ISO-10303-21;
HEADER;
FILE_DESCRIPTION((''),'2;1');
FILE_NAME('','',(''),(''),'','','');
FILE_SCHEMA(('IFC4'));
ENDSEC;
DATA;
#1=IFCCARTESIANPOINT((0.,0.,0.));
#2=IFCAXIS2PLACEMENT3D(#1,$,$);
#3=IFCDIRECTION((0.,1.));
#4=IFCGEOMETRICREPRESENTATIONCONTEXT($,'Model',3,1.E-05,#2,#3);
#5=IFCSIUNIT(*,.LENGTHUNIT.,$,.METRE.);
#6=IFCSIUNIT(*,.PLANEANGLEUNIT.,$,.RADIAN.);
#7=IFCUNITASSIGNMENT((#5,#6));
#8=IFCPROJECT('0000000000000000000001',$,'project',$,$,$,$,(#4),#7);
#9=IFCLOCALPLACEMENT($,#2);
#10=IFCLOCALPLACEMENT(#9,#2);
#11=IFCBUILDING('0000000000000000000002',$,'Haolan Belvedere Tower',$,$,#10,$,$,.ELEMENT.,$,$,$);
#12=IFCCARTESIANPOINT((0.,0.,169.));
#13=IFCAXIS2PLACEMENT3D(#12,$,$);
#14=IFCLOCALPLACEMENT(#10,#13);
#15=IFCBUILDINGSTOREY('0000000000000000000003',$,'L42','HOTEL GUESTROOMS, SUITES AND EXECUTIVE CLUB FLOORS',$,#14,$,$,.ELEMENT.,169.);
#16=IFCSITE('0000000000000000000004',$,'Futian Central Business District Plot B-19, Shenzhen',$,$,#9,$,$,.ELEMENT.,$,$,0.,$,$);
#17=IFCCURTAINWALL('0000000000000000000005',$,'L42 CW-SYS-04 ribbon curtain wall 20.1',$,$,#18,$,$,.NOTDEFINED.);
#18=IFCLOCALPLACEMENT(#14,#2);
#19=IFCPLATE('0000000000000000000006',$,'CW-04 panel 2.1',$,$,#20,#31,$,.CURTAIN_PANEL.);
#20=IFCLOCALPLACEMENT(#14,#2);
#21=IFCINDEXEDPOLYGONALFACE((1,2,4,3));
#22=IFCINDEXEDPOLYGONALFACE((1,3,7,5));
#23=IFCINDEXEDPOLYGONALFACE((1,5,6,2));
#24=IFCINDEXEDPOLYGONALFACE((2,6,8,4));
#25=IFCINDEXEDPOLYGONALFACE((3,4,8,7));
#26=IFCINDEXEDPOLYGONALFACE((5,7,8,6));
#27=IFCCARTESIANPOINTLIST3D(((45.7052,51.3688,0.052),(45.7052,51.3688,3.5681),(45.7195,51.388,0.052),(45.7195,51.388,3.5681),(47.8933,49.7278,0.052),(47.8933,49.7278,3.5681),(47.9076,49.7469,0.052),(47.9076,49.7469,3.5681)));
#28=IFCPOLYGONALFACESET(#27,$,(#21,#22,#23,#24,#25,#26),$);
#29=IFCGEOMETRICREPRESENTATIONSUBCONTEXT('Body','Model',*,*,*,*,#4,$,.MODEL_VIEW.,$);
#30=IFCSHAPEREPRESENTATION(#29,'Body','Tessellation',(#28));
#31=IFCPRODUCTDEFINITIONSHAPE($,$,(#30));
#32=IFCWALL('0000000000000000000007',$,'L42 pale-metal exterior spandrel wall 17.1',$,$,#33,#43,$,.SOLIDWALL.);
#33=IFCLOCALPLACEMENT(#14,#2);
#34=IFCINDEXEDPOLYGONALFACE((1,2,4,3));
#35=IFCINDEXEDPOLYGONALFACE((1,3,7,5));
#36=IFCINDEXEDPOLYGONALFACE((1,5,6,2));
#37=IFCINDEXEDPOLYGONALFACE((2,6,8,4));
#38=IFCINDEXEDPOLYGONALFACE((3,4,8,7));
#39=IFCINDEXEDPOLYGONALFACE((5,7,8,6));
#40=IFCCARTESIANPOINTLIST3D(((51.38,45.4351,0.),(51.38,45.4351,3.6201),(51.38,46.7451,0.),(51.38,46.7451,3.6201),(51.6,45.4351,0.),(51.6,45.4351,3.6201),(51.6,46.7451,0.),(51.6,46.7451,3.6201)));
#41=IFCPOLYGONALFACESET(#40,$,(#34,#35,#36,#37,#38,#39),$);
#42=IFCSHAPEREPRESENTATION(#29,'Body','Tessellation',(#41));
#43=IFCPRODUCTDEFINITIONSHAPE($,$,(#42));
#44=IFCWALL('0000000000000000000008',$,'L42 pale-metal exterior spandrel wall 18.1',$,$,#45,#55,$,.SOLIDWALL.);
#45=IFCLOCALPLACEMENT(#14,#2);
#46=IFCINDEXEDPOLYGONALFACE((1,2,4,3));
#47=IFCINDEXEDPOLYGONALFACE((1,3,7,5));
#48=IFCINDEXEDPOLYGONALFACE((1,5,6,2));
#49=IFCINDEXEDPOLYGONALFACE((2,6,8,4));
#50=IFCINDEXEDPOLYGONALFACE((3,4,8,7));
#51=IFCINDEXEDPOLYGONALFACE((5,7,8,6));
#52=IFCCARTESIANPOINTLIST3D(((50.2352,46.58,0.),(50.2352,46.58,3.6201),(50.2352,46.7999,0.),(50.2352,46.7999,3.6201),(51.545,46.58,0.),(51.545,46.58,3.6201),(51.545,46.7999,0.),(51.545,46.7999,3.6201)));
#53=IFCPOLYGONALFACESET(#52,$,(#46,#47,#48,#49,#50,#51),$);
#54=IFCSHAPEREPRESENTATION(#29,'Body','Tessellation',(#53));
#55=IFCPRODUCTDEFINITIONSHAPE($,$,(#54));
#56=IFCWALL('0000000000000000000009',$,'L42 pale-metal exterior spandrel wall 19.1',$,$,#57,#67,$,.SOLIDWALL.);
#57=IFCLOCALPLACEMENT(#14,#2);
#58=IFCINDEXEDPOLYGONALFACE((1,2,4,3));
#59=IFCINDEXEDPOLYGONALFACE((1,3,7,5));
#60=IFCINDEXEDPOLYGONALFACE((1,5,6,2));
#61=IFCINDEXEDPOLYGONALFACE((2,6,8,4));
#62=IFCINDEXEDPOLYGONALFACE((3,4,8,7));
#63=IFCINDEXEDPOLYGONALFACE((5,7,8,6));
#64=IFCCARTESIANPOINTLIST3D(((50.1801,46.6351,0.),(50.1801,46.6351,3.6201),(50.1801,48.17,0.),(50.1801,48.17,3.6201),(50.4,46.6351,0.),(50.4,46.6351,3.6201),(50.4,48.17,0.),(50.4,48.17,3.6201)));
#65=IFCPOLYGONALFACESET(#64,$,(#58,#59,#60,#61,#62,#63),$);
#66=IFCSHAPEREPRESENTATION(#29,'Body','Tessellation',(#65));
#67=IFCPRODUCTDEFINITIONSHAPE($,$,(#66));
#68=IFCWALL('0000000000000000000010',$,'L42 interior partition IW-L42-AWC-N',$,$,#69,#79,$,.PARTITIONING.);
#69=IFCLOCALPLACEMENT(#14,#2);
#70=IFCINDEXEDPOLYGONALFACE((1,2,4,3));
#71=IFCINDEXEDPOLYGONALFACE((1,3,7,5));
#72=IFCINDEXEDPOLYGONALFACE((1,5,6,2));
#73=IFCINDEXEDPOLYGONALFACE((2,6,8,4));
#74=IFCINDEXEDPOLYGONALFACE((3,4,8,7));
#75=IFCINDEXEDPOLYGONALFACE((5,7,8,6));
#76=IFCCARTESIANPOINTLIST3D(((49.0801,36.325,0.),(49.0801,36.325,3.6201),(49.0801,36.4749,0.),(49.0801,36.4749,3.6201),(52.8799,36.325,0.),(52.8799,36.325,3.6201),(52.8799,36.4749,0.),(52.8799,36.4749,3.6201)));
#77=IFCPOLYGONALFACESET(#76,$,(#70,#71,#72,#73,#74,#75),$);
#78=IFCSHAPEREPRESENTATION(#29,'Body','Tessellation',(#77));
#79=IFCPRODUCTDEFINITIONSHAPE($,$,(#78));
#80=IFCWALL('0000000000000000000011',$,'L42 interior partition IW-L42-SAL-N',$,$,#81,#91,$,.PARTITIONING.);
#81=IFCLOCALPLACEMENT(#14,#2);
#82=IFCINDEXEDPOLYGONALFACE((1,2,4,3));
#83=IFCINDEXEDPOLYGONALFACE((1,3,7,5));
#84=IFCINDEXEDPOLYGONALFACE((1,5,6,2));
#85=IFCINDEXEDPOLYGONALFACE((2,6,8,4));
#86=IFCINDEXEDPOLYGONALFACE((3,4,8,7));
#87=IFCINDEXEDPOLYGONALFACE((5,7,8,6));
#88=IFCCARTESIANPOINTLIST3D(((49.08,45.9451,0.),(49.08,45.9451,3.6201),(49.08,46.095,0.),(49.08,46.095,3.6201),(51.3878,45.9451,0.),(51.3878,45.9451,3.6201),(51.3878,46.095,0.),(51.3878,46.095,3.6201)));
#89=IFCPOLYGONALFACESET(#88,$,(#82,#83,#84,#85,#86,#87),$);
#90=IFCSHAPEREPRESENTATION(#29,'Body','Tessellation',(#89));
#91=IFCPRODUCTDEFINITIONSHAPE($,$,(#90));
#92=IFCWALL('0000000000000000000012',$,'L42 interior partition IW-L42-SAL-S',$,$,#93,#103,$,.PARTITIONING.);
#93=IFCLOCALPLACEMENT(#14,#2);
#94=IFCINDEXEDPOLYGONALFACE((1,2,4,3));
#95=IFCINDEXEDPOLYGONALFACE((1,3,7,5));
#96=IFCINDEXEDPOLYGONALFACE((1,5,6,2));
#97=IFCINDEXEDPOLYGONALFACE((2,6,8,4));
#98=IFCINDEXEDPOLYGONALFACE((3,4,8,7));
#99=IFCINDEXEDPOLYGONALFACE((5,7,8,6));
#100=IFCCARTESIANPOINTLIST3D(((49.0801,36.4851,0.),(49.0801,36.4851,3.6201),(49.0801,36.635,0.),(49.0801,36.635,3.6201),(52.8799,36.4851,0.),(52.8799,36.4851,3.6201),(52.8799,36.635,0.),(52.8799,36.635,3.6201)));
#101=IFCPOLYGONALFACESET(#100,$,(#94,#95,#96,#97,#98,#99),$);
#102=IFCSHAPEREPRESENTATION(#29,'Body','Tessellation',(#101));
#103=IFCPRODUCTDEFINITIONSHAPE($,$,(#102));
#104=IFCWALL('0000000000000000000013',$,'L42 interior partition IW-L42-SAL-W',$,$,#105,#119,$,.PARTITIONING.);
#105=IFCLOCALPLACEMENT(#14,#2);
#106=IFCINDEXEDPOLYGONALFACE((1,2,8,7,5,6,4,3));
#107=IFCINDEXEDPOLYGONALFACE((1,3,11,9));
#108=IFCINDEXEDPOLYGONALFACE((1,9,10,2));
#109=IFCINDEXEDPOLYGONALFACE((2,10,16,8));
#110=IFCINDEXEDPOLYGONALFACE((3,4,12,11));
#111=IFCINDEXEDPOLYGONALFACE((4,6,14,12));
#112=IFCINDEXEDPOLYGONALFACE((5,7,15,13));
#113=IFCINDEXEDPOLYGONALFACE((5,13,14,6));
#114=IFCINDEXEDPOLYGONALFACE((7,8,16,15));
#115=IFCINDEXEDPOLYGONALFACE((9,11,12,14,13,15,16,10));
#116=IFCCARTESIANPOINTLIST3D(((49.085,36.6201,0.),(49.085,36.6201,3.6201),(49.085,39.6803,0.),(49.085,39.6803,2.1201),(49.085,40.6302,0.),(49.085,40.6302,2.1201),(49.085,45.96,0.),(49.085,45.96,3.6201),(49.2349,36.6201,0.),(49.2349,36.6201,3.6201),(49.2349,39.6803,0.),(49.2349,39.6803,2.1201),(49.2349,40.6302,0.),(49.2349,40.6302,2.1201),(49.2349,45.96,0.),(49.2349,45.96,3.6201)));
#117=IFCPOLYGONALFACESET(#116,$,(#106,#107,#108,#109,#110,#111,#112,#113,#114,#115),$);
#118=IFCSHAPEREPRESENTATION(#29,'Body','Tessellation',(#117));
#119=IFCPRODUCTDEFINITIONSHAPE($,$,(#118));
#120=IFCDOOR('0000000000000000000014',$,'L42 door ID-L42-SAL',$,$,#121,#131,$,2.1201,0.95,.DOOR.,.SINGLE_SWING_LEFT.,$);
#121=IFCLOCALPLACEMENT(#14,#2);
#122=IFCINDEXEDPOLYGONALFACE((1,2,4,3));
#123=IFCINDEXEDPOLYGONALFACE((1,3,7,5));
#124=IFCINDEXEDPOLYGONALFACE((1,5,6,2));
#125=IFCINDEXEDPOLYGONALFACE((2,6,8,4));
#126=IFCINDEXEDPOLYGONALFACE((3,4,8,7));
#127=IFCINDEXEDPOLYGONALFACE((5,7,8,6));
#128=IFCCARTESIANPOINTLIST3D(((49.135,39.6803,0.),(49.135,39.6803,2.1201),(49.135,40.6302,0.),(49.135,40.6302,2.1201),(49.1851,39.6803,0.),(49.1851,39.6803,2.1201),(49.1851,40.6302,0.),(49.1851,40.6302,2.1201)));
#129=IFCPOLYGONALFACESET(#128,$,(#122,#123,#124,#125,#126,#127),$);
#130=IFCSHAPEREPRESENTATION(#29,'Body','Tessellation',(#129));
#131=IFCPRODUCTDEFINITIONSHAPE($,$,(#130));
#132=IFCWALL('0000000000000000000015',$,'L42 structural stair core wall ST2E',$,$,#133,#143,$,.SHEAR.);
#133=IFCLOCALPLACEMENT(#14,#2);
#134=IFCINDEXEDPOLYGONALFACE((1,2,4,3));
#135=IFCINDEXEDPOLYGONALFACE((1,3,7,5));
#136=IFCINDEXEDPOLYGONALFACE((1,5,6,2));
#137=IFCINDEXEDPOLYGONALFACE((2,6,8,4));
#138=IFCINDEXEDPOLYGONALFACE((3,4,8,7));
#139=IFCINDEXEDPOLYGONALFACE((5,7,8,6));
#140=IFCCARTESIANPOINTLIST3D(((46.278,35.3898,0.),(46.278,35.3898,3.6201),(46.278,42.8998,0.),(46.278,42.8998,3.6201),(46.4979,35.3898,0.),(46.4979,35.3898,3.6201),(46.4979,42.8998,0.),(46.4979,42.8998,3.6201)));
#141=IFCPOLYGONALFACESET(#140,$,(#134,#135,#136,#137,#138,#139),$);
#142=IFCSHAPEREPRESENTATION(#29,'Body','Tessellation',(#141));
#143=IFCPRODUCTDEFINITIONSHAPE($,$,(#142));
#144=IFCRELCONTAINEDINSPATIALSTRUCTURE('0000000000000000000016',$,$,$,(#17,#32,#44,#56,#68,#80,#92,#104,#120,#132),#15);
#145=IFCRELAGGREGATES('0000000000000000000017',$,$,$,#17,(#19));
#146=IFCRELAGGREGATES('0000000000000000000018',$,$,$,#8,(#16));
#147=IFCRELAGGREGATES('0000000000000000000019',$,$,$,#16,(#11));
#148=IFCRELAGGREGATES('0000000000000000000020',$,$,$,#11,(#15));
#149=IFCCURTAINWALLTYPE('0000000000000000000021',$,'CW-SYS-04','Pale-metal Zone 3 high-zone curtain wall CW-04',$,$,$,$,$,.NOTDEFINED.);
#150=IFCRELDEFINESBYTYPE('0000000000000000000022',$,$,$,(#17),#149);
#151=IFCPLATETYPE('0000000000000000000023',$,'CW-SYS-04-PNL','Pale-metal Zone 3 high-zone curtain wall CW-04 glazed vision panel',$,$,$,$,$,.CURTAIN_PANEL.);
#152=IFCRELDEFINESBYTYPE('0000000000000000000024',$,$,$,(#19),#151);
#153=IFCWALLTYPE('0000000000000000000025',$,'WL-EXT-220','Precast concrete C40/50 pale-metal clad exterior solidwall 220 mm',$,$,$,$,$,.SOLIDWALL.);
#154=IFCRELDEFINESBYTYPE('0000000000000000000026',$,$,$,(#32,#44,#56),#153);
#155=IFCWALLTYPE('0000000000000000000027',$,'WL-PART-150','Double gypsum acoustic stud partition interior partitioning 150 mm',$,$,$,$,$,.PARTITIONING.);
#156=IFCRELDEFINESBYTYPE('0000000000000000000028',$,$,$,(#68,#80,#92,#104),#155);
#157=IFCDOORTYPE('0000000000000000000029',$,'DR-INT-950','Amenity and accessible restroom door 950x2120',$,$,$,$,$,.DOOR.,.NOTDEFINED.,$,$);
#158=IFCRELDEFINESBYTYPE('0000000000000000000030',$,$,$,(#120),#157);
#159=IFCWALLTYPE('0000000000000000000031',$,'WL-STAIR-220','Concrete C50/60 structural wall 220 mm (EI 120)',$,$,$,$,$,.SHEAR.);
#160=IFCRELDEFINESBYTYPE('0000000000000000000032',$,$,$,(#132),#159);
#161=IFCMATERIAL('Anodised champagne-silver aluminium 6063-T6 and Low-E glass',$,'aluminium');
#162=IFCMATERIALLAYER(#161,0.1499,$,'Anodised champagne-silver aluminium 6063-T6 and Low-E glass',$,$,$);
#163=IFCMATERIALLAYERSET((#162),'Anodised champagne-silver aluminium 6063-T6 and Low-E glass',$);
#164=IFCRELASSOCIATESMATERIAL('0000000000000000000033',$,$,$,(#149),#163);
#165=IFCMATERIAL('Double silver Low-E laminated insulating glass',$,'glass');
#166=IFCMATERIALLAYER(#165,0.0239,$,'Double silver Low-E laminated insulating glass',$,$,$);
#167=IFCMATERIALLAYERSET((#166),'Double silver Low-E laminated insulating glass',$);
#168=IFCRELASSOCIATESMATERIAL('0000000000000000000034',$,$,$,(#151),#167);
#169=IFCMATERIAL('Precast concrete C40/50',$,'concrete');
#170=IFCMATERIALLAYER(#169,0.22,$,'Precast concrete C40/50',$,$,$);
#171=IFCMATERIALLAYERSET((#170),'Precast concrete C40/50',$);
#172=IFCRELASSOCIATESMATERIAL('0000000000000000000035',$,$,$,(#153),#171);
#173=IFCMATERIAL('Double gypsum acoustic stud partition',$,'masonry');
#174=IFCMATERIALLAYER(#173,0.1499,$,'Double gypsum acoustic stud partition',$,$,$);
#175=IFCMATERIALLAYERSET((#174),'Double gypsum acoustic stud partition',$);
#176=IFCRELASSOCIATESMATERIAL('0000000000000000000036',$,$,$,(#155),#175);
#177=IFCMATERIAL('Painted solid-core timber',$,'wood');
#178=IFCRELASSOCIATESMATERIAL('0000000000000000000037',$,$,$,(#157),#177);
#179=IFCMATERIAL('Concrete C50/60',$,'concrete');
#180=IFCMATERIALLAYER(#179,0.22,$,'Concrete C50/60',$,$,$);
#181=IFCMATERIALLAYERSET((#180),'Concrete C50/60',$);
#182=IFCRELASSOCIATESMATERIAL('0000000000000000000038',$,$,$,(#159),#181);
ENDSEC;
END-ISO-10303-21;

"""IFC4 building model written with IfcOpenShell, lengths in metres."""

from ifc_helpers import new_model, si_unit, direction, frame, frame_2d, origin, origin_2d, place, context, subcontext, project, spatial, rectangle, extrude, material, layer, layer_set, type_object, element, fill, aggregate, save


model = new_model("IFC4")

# Units and contexts
model_context = context("Model", 3, precision=1e-05, world=origin(), true_north=direction((0.0, 1.0)))
body_context = subcontext(model_context, "Body", "Model", "MODEL_VIEW")
ifc_project = project(units=[si_unit("LENGTHUNIT", "METRE"), si_unit("PLANEANGLEUNIT", "RADIAN")], contexts=[model_context])

# Site, building, storey
site_placement = place(None, origin())
site = spatial("IfcSite", under=ifc_project, at=site_placement, Name="Futian Central Business District Plot B-19, Shenzhen", CompositionType="ELEMENT", RefElevation=0.0)
building_placement = place(site_placement, origin())
building = spatial("IfcBuilding", under=site, at=building_placement, Name="Haolan Belvedere Tower", CompositionType="ELEMENT")
storey_placement = place(building_placement, frame((0.0, 0.0, 169.0)))
storey = spatial("IfcBuildingStorey", under=building, at=storey_placement, Name="L42", Description="HOTEL GUESTROOMS, SUITES AND EXECUTIVE CLUB FLOORS", CompositionType="ELEMENT", Elevation=169.0)

# Curtain wall, plate
ifc_material_1 = material(Name="Anodised champagne-silver aluminium 6063-T6 and Low-E glass", Category="aluminium")
ifc_layer_1 = layer(ifc_material_1, 0.1499, Name="Anodised champagne-silver aluminium 6063-T6 and Low-E glass")
ifc_layer_set_1 = layer_set([ifc_layer_1], Name="Anodised champagne-silver aluminium 6063-T6 and Low-E glass")
curtain_wall_type = type_object("IfcCurtainWallType", Name="CW-SYS-04", Description="Pale-metal Zone 3 high-zone curtain wall CW-04", PredefinedType="NOTDEFINED", material=ifc_layer_set_1)
curtain_wall_placement = place(storey_placement, origin())
curtain_wall = element("IfcCurtainWall", 1, at=curtain_wall_placement, inside=storey, type_object=curtain_wall_type, Name="L42 CW-SYS-04 ribbon curtain wall 20.1", PredefinedType="NOTDEFINED")
ifc_material_2 = material(Name="Double silver Low-E laminated insulating glass", Category="glass")
ifc_layer_2 = layer(ifc_material_2, 0.0239, Name="Double silver Low-E laminated insulating glass")
ifc_layer_set_2 = layer_set([ifc_layer_2], Name="Double silver Low-E laminated insulating glass")
plate_type = type_object("IfcPlateType", Name="CW-SYS-04-PNL", Description="Pale-metal Zone 3 high-zone curtain wall CW-04 glazed vision panel", PredefinedType="CURTAIN_PANEL", material=ifc_layer_set_2)
plate_1_placement = place(storey_placement, frame((46.8064, 50.5579, 0.052), z_axis=(0.0, 0.0, 1.0), x_axis=(-0.799998, 0.600003, 0.0)))
plate_1 = element("IfcPlate", 2, at=plate_1_placement, type_object=plate_type, Name="CW-04 panel 2.1", PredefinedType="CURTAIN_PANEL", context=body_context, shape_type="SweptSolid", body=[
    extrude(rectangle(XDim=2.7351, YDim=0.0239, at=origin_2d()), origin(), (0.0, 0.0, 1.0), 3.5161),
])
aggregate(curtain_wall, [plate_1])

# Walls
ifc_material_3 = material(Name="Precast concrete C40/50", Category="concrete")
ifc_layer_3 = layer(ifc_material_3, 0.22, Name="Precast concrete C40/50")
ifc_layer_set_3 = layer_set([ifc_layer_3], Name="Precast concrete C40/50")
wall_type_1 = type_object("IfcWallType", Name="WL-EXT-220", Description="Precast concrete C40/50 pale-metal clad exterior solidwall 220 mm", PredefinedType="SOLIDWALL", material=ifc_layer_set_3)
wall_1_placement = place(storey_placement, frame((51.49, 45.4351, 0.0), z_axis=(0.0, 0.0, 1.0), x_axis=(0.0, 1.0, 0.0)))
element("IfcWall", 3, at=wall_1_placement, inside=storey, type_object=wall_type_1, Name="L42 pale-metal exterior spandrel wall 17.1", PredefinedType="SOLIDWALL", context=body_context, shape_type="SweptSolid", body=[
    extrude(rectangle(XDim=1.3101, YDim=0.22, at=frame_2d((0.655, 0.0))), origin(), (0.0, 0.0, 1.0), 3.6201),
])
wall_2_placement = place(storey_placement, frame((51.5449, 46.6899, 0.0), z_axis=(0.0, 0.0, 1.0), x_axis=(-1.0, 0.0, 0.0)))
element("IfcWall", 4, at=wall_2_placement, inside=storey, type_object=wall_type_1, Name="L42 pale-metal exterior spandrel wall 18.1", PredefinedType="SOLIDWALL", context=body_context, shape_type="SweptSolid", body=[
    extrude(rectangle(XDim=1.3098, YDim=0.22, at=frame_2d((0.6548, 0.0))), origin(), (0.0, 0.0, 1.0), 3.6201),
])
wall_3_placement = place(storey_placement, frame((50.29, 46.635, 0.0), z_axis=(0.0, 0.0, 1.0), x_axis=(0.0, 1.0, 0.0)))
element("IfcWall", 5, at=wall_3_placement, inside=storey, type_object=wall_type_1, Name="L42 pale-metal exterior spandrel wall 19.1", PredefinedType="SOLIDWALL", context=body_context, shape_type="SweptSolid", body=[
    extrude(rectangle(XDim=1.5349, YDim=0.22, at=frame_2d((0.7676, 0.0))), origin(), (0.0, 0.0, 1.0), 3.6201),
])
ifc_material_4 = material(Name="Double gypsum acoustic stud partition", Category="masonry")
ifc_layer_4 = layer(ifc_material_4, 0.1499, Name="Double gypsum acoustic stud partition")
ifc_layer_set_4 = layer_set([ifc_layer_4], Name="Double gypsum acoustic stud partition")
wall_type_2 = type_object("IfcWallType", Name="WL-PART-150", Description="Double gypsum acoustic stud partition interior partitioning 150 mm", PredefinedType="PARTITIONING", material=ifc_layer_set_4)
wall_4_placement = place(storey_placement, frame((49.0801, 36.3999, 0.0), z_axis=(0.0, 0.0, 1.0), x_axis=(1.0, 0.0, 0.0)))
element("IfcWall", 6, at=wall_4_placement, inside=storey, type_object=wall_type_2, Name="L42 interior partition IW-L42-AWC-N", PredefinedType="PARTITIONING", context=body_context, shape_type="SweptSolid", body=[
    extrude(rectangle(XDim=3.7998, YDim=0.1499, at=frame_2d((1.8999, 0.0))), origin(), (0.0, 0.0, 1.0), 3.6201),
])
wall_5_placement = place(storey_placement, frame((49.0801, 46.02, 0.0), z_axis=(0.0, 0.0, 1.0), x_axis=(1.0, 0.0, 0.0)))
element("IfcWall", 7, at=wall_5_placement, inside=storey, type_object=wall_type_2, Name="L42 interior partition IW-L42-SAL-N", PredefinedType="PARTITIONING", context=body_context, shape_type="SweptSolid", body=[
    extrude(rectangle(XDim=2.3079, YDim=0.1499, at=frame_2d((1.1538, 0.0))), origin(), (0.0, 0.0, 1.0), 3.6201),
])
wall_6_placement = place(storey_placement, frame((49.0801, 36.5601, 0.0), z_axis=(0.0, 0.0, 1.0), x_axis=(1.0, 0.0, 0.0)))
element("IfcWall", 8, at=wall_6_placement, inside=storey, type_object=wall_type_2, Name="L42 interior partition IW-L42-SAL-S", PredefinedType="PARTITIONING", context=body_context, shape_type="SweptSolid", body=[
    extrude(rectangle(XDim=3.7998, YDim=0.1499, at=frame_2d((1.8999, 0.0))), origin(), (0.0, 0.0, 1.0), 3.6201),
])

# Wall, opening, door
wall_7_placement = place(storey_placement, frame((49.1599, 36.6201, 0.0), z_axis=(0.0, 0.0, 1.0), x_axis=(0.0, 1.0, 0.0)))
wall_7 = element("IfcWall", 9, at=wall_7_placement, inside=storey, type_object=wall_type_2, Name="L42 interior partition IW-L42-SAL-W", PredefinedType="PARTITIONING", context=body_context, shape_type="SweptSolid", body=[
    extrude(rectangle(XDim=9.3398, YDim=0.1499, at=frame_2d((4.6699, 0.0))), origin(), (0.0, 0.0, 1.0), 3.6201),
])
opening_placement = place(wall_7_placement, frame((3.0601, 0.0, 0.0)))
opening = element("IfcOpeningElement", 10, at=opening_placement, cuts=wall_7, PredefinedType="OPENING", context=body_context, shape_type="SweptSolid", body=[
    extrude(rectangle(XDim=0.95, YDim=2.1201, at=frame_2d((0.4751, 1.0601))), frame((0.0, 0.085, 0.0), z_axis=(0.0, -1.0, 0.0), x_axis=(1.0, 0.0, 0.0)), (0.0, 0.0, 1.0), 0.1699),
])
ifc_material_5 = material(Name="Painted solid-core timber", Category="wood")
door_type = type_object("IfcDoorType", Name="DR-INT-950", Description="Amenity and accessible restroom door 950x2120", OperationType="NOTDEFINED", PredefinedType="DOOR", material=ifc_material_5)
door_placement = place(opening_placement, origin())
door = element("IfcDoor", 11, at=door_placement, inside=storey, type_object=door_type, Name="L42 door ID-L42-SAL", OperationType="SINGLE_SWING_LEFT", OverallHeight=2.1201, OverallWidth=0.95, PredefinedType="DOOR", context=body_context, shape_type="SweptSolid", body=[
    extrude(rectangle(XDim=0.95, YDim=2.1201, at=frame_2d((0.4751, 1.0601))), frame((0.0, 0.0249, 0.0), z_axis=(0.0, -1.0, 0.0), x_axis=(1.0, 0.0, 0.0)), (0.0, 0.0, 1.0), 0.05),
])
fill(opening, door)

# Wall
ifc_material_6 = material(Name="Concrete C50/60", Category="concrete")
ifc_layer_5 = layer(ifc_material_6, 0.22, Name="Concrete C50/60")
ifc_layer_set_5 = layer_set([ifc_layer_5], Name="Concrete C50/60")
wall_type_3 = type_object("IfcWallType", Name="WL-STAIR-220", Description="Concrete C50/60 structural wall 220 mm (EI 120)", PredefinedType="SHEAR", material=ifc_layer_set_5)
wall_8_placement = place(storey_placement, frame((46.3879, 35.3899, 0.0), z_axis=(0.0, 0.0, 1.0), x_axis=(0.0, 1.0, 0.0)))
element("IfcWall", 12, at=wall_8_placement, inside=storey, type_object=wall_type_3, Name="L42 structural stair core wall ST2E", PredefinedType="SHEAR", context=body_context, shape_type="SweptSolid", body=[
    extrude(rectangle(XDim=7.51, YDim=0.22, at=frame_2d((3.7549, 0.0))), origin(), (0.0, 0.0, 1.0), 3.6201),
])

save(model, "model.ifc")
